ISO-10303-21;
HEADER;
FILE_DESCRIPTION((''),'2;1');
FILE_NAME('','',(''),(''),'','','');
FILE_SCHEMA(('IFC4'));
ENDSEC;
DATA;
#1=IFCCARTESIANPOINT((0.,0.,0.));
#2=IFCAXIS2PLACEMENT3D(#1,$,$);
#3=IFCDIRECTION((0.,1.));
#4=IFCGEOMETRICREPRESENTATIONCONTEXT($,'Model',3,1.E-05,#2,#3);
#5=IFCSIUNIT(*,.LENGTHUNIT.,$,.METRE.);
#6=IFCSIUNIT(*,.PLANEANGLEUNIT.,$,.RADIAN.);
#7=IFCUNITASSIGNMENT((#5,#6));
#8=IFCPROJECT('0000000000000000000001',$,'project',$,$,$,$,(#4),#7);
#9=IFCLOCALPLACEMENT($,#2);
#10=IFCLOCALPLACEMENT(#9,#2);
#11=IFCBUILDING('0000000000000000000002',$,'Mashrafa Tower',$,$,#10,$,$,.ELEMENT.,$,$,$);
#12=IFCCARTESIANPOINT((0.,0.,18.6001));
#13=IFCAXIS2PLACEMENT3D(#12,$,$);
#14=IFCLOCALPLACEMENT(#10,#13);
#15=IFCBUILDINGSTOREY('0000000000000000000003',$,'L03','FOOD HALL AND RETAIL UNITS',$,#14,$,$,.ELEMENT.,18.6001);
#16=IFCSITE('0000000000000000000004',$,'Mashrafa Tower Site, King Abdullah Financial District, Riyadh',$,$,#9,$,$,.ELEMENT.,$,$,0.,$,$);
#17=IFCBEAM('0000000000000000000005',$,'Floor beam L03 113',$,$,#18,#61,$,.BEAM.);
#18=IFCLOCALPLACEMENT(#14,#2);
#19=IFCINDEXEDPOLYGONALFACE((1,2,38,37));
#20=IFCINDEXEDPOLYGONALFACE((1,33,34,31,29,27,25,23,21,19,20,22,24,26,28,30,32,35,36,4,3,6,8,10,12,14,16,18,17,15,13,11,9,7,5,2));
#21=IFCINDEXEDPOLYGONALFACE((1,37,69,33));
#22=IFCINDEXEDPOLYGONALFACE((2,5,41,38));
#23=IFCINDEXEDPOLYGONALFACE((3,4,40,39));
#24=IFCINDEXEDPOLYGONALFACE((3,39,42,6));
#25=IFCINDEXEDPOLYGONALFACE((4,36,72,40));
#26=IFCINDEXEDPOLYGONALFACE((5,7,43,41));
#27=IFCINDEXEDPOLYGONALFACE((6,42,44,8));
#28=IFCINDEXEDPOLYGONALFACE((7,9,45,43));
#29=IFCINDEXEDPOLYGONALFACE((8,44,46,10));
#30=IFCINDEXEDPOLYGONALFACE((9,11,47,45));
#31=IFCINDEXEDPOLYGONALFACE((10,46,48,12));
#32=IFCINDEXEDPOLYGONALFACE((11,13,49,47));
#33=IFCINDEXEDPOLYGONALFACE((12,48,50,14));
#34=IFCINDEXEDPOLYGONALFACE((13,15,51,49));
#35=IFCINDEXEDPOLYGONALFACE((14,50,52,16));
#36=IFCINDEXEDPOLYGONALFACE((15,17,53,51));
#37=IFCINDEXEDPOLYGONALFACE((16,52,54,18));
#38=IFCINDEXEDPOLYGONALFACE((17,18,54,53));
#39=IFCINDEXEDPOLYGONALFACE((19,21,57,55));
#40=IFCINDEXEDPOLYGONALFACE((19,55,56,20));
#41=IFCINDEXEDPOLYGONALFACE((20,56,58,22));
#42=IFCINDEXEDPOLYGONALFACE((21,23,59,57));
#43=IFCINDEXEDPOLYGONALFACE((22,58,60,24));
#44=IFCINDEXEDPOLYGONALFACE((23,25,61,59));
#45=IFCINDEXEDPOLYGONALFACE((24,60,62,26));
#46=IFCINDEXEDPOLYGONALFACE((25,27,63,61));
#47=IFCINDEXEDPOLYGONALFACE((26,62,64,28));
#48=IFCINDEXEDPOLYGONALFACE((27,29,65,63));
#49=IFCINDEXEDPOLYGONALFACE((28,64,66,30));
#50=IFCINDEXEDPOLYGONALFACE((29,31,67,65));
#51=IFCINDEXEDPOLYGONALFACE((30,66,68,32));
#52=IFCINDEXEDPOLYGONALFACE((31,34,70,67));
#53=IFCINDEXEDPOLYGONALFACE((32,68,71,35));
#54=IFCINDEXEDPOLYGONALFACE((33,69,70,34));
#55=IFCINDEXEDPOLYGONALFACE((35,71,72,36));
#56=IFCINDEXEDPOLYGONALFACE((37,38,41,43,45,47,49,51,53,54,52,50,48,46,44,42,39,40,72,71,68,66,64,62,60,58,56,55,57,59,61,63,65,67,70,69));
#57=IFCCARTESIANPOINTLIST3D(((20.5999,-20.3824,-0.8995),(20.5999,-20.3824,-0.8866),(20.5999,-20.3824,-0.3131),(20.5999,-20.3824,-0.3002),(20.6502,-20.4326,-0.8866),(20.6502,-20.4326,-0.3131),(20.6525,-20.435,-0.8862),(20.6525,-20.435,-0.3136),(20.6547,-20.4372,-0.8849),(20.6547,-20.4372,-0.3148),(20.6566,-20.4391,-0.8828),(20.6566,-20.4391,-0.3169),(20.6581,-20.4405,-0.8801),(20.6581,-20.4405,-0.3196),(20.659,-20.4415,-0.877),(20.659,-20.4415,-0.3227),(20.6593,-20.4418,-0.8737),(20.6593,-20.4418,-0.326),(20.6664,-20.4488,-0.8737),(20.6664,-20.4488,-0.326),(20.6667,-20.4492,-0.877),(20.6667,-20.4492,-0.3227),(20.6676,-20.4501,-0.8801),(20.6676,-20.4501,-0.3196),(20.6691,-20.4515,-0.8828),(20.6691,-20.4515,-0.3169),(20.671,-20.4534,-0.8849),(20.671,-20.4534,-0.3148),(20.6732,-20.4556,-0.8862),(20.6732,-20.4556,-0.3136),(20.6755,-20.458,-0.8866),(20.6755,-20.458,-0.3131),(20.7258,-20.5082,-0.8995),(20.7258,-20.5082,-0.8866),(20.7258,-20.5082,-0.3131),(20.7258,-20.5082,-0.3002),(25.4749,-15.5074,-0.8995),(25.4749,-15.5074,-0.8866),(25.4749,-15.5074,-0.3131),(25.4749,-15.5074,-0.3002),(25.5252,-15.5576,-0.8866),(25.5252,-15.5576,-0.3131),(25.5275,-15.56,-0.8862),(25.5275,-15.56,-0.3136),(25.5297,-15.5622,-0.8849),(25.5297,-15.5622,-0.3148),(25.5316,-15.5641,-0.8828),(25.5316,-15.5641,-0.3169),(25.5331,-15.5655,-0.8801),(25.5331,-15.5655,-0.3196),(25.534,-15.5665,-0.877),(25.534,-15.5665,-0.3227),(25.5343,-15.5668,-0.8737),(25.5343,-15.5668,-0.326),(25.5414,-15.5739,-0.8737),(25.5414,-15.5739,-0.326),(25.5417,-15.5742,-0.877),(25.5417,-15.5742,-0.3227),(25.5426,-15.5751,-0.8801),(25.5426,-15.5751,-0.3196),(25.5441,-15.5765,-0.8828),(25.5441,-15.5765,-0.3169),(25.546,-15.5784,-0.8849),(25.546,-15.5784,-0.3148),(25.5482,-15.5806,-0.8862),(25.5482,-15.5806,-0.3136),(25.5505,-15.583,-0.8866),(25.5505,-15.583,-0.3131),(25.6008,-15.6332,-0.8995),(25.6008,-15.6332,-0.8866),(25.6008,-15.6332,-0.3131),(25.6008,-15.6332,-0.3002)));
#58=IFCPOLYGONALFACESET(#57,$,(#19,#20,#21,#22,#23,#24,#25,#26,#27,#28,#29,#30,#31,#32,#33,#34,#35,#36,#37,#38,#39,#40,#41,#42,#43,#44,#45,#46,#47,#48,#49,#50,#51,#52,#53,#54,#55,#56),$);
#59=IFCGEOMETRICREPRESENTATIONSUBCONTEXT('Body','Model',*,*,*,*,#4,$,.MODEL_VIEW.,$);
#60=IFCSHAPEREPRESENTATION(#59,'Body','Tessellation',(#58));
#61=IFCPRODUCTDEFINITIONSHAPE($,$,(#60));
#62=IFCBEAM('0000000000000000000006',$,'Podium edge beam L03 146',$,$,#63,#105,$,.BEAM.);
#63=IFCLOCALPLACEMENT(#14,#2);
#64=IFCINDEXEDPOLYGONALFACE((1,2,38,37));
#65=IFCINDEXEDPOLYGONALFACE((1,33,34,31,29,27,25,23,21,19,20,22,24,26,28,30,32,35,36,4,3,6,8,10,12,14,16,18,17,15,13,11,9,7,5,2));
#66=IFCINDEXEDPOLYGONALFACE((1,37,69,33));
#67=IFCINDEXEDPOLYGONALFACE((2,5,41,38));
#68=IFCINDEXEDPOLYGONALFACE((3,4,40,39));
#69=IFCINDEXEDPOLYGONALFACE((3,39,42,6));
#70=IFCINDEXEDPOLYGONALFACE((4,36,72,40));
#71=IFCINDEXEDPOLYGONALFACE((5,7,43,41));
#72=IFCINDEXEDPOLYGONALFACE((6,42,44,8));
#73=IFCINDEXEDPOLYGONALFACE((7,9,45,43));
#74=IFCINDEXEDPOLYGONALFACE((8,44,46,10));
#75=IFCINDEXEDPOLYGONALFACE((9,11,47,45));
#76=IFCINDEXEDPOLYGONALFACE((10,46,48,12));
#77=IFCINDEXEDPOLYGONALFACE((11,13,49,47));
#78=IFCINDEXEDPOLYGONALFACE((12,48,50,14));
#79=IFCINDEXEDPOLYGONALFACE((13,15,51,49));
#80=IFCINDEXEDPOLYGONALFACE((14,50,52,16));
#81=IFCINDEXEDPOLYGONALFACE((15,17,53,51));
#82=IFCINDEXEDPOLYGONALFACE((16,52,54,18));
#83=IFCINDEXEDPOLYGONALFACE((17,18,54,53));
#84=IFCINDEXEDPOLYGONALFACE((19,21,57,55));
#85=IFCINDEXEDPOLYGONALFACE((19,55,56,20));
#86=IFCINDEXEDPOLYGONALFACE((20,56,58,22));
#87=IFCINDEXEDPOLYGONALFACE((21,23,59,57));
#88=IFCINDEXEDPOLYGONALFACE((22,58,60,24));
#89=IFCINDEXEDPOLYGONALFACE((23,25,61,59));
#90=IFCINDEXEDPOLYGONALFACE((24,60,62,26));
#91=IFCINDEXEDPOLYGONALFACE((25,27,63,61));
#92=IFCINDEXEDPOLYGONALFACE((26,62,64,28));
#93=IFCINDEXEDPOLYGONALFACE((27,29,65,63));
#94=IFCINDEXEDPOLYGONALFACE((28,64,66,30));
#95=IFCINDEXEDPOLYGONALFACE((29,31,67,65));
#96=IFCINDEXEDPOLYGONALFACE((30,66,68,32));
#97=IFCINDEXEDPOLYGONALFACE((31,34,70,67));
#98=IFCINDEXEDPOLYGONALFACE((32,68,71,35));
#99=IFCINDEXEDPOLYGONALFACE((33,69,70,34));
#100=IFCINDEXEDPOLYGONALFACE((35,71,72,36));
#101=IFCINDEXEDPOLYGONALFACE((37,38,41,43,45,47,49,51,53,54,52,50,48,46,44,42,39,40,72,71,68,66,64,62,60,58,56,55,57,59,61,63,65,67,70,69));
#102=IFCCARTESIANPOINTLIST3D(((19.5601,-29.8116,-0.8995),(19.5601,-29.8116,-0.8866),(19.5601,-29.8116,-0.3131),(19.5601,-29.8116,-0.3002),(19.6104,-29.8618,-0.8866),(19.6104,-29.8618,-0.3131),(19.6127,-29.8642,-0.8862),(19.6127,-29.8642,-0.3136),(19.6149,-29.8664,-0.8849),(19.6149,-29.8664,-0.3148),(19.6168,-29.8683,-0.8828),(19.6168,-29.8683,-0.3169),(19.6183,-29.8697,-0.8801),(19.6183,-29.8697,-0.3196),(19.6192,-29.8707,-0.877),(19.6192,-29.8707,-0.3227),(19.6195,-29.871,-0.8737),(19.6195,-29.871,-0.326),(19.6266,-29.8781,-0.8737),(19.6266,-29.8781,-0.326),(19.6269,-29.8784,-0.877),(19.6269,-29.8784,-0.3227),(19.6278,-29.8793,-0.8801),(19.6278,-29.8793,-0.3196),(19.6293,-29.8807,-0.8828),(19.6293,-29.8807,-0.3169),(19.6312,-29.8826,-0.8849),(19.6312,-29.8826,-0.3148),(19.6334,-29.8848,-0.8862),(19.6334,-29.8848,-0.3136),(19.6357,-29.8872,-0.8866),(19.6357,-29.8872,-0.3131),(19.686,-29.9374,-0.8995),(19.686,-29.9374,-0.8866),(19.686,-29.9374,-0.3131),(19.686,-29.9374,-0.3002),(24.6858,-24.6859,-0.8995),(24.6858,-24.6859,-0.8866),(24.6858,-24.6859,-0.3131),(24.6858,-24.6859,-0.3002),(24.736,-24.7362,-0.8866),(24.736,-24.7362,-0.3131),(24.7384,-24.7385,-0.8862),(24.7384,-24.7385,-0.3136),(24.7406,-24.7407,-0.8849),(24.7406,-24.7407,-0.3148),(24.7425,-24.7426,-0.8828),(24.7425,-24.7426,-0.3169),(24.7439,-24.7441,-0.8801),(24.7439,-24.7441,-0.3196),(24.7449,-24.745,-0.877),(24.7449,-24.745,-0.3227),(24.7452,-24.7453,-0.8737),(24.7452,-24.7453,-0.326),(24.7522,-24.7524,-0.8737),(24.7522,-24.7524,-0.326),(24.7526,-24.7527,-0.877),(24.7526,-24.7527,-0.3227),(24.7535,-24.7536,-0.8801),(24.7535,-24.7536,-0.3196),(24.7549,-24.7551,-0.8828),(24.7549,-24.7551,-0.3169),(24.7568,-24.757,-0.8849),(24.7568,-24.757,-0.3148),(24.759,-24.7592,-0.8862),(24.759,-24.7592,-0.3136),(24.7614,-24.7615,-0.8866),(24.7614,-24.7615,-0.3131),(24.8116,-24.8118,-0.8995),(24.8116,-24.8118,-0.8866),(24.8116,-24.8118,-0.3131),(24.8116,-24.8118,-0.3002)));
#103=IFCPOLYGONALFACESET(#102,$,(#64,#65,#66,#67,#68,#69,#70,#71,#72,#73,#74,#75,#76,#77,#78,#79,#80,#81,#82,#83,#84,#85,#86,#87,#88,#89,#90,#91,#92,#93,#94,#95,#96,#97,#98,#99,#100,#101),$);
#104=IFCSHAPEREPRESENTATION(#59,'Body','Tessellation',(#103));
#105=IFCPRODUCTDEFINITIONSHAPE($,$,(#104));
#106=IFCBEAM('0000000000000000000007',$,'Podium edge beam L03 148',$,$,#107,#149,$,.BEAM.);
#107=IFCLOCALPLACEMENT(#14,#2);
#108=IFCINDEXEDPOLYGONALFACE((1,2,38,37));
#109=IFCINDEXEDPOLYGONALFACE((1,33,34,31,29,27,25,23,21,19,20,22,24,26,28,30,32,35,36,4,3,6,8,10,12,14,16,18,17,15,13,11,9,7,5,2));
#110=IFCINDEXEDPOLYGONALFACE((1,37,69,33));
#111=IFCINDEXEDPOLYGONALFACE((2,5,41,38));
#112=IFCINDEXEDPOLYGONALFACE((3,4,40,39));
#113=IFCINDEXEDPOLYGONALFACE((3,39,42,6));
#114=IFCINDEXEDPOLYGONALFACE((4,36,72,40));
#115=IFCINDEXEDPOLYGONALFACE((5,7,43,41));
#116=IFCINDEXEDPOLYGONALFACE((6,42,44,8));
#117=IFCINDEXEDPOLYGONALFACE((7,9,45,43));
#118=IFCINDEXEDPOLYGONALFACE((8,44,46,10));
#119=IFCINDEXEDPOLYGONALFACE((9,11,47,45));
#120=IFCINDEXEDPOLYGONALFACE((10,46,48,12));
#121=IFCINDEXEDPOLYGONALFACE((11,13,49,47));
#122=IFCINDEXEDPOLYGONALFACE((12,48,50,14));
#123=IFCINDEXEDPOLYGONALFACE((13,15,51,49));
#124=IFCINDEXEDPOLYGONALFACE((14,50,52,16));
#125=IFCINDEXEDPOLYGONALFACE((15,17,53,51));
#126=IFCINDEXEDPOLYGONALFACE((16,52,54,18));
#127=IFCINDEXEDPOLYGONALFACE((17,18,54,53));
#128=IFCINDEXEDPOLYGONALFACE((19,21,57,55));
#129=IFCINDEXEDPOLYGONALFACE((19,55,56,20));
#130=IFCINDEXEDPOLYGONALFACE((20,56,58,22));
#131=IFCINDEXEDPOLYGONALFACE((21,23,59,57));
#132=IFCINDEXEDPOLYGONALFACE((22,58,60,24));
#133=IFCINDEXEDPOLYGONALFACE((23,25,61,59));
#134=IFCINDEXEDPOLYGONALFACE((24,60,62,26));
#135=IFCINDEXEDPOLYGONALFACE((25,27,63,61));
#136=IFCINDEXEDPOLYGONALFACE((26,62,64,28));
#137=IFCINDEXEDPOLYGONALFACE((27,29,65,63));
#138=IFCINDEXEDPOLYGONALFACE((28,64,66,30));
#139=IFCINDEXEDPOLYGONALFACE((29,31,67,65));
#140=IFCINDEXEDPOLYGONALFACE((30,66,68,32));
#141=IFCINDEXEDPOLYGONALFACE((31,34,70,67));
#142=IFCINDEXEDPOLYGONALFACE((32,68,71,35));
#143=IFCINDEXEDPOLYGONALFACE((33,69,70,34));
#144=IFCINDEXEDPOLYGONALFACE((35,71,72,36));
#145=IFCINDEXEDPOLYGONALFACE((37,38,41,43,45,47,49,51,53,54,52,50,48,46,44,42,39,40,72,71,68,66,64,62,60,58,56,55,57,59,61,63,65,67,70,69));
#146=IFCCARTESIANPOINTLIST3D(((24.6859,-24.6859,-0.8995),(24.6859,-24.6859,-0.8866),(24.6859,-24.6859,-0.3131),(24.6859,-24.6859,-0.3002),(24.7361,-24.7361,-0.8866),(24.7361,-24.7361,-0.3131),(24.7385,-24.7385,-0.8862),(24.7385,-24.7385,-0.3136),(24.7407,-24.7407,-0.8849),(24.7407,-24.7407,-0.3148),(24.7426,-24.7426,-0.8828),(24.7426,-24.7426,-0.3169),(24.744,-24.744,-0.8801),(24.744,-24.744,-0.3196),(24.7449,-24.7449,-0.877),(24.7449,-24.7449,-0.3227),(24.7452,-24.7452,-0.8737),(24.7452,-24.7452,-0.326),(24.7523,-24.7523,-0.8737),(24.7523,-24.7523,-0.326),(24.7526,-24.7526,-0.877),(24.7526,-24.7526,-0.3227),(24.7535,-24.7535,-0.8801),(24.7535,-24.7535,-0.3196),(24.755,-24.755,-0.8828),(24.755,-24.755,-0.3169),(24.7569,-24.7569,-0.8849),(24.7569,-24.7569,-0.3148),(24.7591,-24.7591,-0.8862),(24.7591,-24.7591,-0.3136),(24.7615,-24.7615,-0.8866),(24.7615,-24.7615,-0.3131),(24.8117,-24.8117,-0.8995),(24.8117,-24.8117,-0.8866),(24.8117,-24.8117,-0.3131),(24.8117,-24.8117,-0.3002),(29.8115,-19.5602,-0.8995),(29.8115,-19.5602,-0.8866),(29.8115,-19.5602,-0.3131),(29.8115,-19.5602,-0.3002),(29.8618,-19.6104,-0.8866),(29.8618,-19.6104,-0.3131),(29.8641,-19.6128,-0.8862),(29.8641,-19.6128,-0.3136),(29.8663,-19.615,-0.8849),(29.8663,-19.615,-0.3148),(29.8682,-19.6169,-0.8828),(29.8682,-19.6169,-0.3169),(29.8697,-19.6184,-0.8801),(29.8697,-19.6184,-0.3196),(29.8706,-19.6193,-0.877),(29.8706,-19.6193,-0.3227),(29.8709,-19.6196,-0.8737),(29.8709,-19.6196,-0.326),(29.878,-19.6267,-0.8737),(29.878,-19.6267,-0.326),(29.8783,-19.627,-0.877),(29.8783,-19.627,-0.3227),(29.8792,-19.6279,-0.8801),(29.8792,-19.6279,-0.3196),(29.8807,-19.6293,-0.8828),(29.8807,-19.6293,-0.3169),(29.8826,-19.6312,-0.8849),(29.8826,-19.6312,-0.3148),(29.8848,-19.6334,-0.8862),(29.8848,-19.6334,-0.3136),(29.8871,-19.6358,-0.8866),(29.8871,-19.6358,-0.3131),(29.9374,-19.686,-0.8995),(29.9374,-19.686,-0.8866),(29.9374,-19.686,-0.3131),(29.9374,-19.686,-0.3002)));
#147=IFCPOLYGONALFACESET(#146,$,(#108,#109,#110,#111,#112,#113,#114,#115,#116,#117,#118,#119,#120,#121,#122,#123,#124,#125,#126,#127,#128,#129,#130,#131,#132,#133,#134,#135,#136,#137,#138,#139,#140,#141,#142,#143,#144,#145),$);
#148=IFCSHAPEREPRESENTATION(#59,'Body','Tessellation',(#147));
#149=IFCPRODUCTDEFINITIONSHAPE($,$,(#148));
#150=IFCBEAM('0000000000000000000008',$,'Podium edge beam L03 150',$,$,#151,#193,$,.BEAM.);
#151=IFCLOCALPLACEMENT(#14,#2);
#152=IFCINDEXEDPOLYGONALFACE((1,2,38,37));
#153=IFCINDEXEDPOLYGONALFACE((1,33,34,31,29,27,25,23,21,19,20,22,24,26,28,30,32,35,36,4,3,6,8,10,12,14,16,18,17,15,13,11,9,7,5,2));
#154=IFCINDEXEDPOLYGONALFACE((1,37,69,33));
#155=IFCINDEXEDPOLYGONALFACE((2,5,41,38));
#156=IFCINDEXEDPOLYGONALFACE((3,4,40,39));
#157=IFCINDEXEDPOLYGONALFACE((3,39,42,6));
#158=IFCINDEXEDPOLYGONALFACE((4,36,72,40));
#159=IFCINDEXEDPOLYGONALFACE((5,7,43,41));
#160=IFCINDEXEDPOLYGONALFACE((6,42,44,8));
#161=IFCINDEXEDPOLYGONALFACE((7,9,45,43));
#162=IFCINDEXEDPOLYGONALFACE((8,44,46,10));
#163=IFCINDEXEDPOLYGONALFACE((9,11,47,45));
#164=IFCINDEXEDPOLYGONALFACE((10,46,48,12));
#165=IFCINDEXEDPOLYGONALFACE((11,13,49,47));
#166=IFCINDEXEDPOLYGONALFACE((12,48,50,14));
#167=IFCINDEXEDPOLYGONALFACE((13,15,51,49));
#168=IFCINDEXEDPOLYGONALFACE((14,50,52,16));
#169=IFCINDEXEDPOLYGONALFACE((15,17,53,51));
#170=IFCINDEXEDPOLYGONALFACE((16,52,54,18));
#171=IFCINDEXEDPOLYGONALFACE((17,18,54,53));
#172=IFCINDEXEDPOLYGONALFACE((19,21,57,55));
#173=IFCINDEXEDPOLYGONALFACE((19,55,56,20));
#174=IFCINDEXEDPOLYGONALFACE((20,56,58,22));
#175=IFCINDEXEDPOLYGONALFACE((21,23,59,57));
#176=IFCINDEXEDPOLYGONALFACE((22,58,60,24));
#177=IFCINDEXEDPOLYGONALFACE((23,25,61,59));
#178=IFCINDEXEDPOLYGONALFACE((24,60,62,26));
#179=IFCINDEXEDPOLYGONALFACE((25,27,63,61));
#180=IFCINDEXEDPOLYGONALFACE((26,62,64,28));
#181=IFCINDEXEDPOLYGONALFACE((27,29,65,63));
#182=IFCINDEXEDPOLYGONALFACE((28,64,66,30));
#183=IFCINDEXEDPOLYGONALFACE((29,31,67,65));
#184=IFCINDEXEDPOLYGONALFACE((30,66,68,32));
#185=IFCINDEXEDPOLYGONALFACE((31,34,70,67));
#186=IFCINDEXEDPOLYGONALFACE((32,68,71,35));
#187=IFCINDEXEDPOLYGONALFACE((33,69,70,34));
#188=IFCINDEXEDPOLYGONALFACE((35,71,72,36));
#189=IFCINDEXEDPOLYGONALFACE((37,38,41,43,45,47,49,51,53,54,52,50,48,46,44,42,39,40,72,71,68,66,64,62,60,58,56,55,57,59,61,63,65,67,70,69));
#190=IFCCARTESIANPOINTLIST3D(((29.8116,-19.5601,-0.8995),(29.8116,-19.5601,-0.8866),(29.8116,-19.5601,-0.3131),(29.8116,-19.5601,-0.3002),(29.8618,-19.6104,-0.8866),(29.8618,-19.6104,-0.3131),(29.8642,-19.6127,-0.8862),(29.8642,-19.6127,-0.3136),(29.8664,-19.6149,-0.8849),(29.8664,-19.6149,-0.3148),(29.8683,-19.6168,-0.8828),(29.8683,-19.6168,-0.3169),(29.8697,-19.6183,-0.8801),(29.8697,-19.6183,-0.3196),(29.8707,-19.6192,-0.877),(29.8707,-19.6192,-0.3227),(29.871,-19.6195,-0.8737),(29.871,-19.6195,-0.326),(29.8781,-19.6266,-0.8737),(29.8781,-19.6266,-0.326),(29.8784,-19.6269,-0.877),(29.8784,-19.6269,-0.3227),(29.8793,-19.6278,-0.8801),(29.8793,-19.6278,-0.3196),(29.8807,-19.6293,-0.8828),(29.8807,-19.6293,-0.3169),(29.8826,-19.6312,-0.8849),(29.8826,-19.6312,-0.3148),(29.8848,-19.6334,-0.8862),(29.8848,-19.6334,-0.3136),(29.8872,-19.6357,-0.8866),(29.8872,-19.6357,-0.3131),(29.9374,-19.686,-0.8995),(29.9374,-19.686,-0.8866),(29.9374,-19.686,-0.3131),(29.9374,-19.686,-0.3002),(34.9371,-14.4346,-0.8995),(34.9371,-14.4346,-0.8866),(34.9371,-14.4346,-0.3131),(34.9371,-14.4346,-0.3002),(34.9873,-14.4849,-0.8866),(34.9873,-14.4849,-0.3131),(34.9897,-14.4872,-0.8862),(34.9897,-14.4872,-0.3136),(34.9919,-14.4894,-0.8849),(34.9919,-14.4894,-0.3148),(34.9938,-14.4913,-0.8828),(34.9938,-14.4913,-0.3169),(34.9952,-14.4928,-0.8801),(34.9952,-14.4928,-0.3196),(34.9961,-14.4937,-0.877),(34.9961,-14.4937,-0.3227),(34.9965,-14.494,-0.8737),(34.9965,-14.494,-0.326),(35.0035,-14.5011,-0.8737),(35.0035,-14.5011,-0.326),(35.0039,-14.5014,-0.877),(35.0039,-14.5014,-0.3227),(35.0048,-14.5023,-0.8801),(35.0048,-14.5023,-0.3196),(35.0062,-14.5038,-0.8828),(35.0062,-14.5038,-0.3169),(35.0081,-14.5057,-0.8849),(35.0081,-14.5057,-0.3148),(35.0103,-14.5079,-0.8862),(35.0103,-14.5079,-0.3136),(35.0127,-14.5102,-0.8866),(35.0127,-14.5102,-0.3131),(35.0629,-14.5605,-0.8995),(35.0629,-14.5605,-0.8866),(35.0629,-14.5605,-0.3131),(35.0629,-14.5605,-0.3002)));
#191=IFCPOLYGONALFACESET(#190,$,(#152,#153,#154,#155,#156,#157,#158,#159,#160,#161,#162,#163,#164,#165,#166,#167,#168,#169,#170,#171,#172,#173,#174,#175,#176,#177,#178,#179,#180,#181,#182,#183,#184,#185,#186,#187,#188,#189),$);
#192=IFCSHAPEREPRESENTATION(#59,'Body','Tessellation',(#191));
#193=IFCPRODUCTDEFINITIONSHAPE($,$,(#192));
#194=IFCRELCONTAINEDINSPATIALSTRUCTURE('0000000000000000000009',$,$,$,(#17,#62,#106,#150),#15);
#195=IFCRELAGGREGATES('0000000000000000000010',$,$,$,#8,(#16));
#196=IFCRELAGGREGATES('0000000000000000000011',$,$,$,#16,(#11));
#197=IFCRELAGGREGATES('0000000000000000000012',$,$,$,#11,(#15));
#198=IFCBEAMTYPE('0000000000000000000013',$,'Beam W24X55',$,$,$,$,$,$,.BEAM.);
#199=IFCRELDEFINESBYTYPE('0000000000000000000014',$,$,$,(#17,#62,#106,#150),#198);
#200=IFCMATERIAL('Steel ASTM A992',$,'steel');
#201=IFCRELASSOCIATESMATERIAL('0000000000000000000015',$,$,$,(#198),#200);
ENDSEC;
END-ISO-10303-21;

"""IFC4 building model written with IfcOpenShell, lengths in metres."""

from ifc_helpers import new_model, si_unit, direction, frame, origin, origin_2d, place, context, subcontext, project, spatial, i_section, extrude, material, material_profile, profile_set, type_object, element, save


model = new_model("IFC4")

# Units and contexts
model_context = context("Model", 3, precision=1e-05, world=origin(), true_north=direction((0.0, 1.0)))
body_context = subcontext(model_context, "Body", "Model", "MODEL_VIEW")
ifc_project = project(units=[si_unit("LENGTHUNIT", "METRE"), si_unit("PLANEANGLEUNIT", "RADIAN")], contexts=[model_context])

# Site, building, storey
site_placement = place(None, origin())
site = spatial("IfcSite", under=ifc_project, at=site_placement, Name="Mashrafa Tower Site, King Abdullah Financial District, Riyadh", CompositionType="ELEMENT", RefElevation=0.0)
building_placement = place(site_placement, origin())
building = spatial("IfcBuilding", under=site, at=building_placement, Name="Mashrafa Tower", CompositionType="ELEMENT")
storey_placement = place(building_placement, frame((0.0, 0.0, 18.6001)))
storey = spatial("IfcBuildingStorey", under=building, at=storey_placement, Name="L03", Description="FOOD HALL AND RETAIL UNITS", CompositionType="ELEMENT", Elevation=18.6001)

# Beams
ifc_material_1 = material(Name="Steel ASTM A992", Category="steel")
ifc_material_profile_1 = material_profile(ifc_material_1, i_section(OverallWidth=0.178, OverallDepth=0.5994, WebThickness=0.01, FlangeThickness=0.0129, FilletRadius=0.0129, at=origin_2d()), Name="W24X55")
ifc_profile_set_1 = profile_set([ifc_material_profile_1], Name="Steel ASTM A992")
beam_type_1 = type_object("IfcBeamType", Name="Beam W24X55", PredefinedType="BEAM", material=ifc_profile_set_1)
for number, where, z_axis, x_axis, name in (
    (1, (25.5378, -15.5703, -0.5999), (-0.707107, -0.707107, 0.0), (0.707107, -0.707107, 0.0), "Floor beam L03 113"),
):
    element("IfcBeam", number, at=place(storey_placement, frame(where, z_axis=z_axis, x_axis=x_axis)), inside=storey, type_object=beam_type_1, Name=name, PredefinedType="BEAM", context=body_context, shape_type="SweptSolid", body=[
        extrude(i_section(OverallWidth=0.178, OverallDepth=0.5994, WebThickness=0.01, FlangeThickness=0.0129, FilletRadius=0.0129, at=origin_2d()), origin(), (0.0, 0.0, 1.0), 6.8943),
    ])
for number, where, z_axis, x_axis, name in (
    (2, (19.623, -29.8745, -0.5999), (0.707107, 0.707107, 0.0), (-0.707107, 0.707107, 0.0), "Podium edge beam L03 146"),
    (3, (24.7488, -24.7488, -0.5999), (0.707107, 0.707107, 0.0), (-0.707107, 0.707107, 0.0), "Podium edge beam L03 148"),
):
    element("IfcBeam", number, at=place(storey_placement, frame(where, z_axis=z_axis, x_axis=x_axis)), inside=storey, type_object=beam_type_1, Name=name, PredefinedType="BEAM", context=body_context, shape_type="SweptSolid", body=[
        extrude(i_section(OverallWidth=0.178, OverallDepth=0.5994, WebThickness=0.01, FlangeThickness=0.0129, FilletRadius=0.0129, at=origin_2d()), origin(), (0.0, 0.0, 1.0), 7.2488),
    ])
beam_1_placement = place(storey_placement, frame((29.8745, -19.623, -0.5999), z_axis=(0.707107, 0.707107, 0.0), x_axis=(-0.707107, 0.707107, 0.0)))
element("IfcBeam", 4, at=beam_1_placement, inside=storey, type_object=beam_type_1, Name="Podium edge beam L03 150", PredefinedType="BEAM", context=body_context, shape_type="SweptSolid", body=[
    extrude(i_section(OverallWidth=0.178, OverallDepth=0.5994, WebThickness=0.01, FlangeThickness=0.0129, FilletRadius=0.0129, at=origin_2d()), origin(), (0.0, 0.0, 1.0), 7.2485),
])

save(model, "model.ifc")
